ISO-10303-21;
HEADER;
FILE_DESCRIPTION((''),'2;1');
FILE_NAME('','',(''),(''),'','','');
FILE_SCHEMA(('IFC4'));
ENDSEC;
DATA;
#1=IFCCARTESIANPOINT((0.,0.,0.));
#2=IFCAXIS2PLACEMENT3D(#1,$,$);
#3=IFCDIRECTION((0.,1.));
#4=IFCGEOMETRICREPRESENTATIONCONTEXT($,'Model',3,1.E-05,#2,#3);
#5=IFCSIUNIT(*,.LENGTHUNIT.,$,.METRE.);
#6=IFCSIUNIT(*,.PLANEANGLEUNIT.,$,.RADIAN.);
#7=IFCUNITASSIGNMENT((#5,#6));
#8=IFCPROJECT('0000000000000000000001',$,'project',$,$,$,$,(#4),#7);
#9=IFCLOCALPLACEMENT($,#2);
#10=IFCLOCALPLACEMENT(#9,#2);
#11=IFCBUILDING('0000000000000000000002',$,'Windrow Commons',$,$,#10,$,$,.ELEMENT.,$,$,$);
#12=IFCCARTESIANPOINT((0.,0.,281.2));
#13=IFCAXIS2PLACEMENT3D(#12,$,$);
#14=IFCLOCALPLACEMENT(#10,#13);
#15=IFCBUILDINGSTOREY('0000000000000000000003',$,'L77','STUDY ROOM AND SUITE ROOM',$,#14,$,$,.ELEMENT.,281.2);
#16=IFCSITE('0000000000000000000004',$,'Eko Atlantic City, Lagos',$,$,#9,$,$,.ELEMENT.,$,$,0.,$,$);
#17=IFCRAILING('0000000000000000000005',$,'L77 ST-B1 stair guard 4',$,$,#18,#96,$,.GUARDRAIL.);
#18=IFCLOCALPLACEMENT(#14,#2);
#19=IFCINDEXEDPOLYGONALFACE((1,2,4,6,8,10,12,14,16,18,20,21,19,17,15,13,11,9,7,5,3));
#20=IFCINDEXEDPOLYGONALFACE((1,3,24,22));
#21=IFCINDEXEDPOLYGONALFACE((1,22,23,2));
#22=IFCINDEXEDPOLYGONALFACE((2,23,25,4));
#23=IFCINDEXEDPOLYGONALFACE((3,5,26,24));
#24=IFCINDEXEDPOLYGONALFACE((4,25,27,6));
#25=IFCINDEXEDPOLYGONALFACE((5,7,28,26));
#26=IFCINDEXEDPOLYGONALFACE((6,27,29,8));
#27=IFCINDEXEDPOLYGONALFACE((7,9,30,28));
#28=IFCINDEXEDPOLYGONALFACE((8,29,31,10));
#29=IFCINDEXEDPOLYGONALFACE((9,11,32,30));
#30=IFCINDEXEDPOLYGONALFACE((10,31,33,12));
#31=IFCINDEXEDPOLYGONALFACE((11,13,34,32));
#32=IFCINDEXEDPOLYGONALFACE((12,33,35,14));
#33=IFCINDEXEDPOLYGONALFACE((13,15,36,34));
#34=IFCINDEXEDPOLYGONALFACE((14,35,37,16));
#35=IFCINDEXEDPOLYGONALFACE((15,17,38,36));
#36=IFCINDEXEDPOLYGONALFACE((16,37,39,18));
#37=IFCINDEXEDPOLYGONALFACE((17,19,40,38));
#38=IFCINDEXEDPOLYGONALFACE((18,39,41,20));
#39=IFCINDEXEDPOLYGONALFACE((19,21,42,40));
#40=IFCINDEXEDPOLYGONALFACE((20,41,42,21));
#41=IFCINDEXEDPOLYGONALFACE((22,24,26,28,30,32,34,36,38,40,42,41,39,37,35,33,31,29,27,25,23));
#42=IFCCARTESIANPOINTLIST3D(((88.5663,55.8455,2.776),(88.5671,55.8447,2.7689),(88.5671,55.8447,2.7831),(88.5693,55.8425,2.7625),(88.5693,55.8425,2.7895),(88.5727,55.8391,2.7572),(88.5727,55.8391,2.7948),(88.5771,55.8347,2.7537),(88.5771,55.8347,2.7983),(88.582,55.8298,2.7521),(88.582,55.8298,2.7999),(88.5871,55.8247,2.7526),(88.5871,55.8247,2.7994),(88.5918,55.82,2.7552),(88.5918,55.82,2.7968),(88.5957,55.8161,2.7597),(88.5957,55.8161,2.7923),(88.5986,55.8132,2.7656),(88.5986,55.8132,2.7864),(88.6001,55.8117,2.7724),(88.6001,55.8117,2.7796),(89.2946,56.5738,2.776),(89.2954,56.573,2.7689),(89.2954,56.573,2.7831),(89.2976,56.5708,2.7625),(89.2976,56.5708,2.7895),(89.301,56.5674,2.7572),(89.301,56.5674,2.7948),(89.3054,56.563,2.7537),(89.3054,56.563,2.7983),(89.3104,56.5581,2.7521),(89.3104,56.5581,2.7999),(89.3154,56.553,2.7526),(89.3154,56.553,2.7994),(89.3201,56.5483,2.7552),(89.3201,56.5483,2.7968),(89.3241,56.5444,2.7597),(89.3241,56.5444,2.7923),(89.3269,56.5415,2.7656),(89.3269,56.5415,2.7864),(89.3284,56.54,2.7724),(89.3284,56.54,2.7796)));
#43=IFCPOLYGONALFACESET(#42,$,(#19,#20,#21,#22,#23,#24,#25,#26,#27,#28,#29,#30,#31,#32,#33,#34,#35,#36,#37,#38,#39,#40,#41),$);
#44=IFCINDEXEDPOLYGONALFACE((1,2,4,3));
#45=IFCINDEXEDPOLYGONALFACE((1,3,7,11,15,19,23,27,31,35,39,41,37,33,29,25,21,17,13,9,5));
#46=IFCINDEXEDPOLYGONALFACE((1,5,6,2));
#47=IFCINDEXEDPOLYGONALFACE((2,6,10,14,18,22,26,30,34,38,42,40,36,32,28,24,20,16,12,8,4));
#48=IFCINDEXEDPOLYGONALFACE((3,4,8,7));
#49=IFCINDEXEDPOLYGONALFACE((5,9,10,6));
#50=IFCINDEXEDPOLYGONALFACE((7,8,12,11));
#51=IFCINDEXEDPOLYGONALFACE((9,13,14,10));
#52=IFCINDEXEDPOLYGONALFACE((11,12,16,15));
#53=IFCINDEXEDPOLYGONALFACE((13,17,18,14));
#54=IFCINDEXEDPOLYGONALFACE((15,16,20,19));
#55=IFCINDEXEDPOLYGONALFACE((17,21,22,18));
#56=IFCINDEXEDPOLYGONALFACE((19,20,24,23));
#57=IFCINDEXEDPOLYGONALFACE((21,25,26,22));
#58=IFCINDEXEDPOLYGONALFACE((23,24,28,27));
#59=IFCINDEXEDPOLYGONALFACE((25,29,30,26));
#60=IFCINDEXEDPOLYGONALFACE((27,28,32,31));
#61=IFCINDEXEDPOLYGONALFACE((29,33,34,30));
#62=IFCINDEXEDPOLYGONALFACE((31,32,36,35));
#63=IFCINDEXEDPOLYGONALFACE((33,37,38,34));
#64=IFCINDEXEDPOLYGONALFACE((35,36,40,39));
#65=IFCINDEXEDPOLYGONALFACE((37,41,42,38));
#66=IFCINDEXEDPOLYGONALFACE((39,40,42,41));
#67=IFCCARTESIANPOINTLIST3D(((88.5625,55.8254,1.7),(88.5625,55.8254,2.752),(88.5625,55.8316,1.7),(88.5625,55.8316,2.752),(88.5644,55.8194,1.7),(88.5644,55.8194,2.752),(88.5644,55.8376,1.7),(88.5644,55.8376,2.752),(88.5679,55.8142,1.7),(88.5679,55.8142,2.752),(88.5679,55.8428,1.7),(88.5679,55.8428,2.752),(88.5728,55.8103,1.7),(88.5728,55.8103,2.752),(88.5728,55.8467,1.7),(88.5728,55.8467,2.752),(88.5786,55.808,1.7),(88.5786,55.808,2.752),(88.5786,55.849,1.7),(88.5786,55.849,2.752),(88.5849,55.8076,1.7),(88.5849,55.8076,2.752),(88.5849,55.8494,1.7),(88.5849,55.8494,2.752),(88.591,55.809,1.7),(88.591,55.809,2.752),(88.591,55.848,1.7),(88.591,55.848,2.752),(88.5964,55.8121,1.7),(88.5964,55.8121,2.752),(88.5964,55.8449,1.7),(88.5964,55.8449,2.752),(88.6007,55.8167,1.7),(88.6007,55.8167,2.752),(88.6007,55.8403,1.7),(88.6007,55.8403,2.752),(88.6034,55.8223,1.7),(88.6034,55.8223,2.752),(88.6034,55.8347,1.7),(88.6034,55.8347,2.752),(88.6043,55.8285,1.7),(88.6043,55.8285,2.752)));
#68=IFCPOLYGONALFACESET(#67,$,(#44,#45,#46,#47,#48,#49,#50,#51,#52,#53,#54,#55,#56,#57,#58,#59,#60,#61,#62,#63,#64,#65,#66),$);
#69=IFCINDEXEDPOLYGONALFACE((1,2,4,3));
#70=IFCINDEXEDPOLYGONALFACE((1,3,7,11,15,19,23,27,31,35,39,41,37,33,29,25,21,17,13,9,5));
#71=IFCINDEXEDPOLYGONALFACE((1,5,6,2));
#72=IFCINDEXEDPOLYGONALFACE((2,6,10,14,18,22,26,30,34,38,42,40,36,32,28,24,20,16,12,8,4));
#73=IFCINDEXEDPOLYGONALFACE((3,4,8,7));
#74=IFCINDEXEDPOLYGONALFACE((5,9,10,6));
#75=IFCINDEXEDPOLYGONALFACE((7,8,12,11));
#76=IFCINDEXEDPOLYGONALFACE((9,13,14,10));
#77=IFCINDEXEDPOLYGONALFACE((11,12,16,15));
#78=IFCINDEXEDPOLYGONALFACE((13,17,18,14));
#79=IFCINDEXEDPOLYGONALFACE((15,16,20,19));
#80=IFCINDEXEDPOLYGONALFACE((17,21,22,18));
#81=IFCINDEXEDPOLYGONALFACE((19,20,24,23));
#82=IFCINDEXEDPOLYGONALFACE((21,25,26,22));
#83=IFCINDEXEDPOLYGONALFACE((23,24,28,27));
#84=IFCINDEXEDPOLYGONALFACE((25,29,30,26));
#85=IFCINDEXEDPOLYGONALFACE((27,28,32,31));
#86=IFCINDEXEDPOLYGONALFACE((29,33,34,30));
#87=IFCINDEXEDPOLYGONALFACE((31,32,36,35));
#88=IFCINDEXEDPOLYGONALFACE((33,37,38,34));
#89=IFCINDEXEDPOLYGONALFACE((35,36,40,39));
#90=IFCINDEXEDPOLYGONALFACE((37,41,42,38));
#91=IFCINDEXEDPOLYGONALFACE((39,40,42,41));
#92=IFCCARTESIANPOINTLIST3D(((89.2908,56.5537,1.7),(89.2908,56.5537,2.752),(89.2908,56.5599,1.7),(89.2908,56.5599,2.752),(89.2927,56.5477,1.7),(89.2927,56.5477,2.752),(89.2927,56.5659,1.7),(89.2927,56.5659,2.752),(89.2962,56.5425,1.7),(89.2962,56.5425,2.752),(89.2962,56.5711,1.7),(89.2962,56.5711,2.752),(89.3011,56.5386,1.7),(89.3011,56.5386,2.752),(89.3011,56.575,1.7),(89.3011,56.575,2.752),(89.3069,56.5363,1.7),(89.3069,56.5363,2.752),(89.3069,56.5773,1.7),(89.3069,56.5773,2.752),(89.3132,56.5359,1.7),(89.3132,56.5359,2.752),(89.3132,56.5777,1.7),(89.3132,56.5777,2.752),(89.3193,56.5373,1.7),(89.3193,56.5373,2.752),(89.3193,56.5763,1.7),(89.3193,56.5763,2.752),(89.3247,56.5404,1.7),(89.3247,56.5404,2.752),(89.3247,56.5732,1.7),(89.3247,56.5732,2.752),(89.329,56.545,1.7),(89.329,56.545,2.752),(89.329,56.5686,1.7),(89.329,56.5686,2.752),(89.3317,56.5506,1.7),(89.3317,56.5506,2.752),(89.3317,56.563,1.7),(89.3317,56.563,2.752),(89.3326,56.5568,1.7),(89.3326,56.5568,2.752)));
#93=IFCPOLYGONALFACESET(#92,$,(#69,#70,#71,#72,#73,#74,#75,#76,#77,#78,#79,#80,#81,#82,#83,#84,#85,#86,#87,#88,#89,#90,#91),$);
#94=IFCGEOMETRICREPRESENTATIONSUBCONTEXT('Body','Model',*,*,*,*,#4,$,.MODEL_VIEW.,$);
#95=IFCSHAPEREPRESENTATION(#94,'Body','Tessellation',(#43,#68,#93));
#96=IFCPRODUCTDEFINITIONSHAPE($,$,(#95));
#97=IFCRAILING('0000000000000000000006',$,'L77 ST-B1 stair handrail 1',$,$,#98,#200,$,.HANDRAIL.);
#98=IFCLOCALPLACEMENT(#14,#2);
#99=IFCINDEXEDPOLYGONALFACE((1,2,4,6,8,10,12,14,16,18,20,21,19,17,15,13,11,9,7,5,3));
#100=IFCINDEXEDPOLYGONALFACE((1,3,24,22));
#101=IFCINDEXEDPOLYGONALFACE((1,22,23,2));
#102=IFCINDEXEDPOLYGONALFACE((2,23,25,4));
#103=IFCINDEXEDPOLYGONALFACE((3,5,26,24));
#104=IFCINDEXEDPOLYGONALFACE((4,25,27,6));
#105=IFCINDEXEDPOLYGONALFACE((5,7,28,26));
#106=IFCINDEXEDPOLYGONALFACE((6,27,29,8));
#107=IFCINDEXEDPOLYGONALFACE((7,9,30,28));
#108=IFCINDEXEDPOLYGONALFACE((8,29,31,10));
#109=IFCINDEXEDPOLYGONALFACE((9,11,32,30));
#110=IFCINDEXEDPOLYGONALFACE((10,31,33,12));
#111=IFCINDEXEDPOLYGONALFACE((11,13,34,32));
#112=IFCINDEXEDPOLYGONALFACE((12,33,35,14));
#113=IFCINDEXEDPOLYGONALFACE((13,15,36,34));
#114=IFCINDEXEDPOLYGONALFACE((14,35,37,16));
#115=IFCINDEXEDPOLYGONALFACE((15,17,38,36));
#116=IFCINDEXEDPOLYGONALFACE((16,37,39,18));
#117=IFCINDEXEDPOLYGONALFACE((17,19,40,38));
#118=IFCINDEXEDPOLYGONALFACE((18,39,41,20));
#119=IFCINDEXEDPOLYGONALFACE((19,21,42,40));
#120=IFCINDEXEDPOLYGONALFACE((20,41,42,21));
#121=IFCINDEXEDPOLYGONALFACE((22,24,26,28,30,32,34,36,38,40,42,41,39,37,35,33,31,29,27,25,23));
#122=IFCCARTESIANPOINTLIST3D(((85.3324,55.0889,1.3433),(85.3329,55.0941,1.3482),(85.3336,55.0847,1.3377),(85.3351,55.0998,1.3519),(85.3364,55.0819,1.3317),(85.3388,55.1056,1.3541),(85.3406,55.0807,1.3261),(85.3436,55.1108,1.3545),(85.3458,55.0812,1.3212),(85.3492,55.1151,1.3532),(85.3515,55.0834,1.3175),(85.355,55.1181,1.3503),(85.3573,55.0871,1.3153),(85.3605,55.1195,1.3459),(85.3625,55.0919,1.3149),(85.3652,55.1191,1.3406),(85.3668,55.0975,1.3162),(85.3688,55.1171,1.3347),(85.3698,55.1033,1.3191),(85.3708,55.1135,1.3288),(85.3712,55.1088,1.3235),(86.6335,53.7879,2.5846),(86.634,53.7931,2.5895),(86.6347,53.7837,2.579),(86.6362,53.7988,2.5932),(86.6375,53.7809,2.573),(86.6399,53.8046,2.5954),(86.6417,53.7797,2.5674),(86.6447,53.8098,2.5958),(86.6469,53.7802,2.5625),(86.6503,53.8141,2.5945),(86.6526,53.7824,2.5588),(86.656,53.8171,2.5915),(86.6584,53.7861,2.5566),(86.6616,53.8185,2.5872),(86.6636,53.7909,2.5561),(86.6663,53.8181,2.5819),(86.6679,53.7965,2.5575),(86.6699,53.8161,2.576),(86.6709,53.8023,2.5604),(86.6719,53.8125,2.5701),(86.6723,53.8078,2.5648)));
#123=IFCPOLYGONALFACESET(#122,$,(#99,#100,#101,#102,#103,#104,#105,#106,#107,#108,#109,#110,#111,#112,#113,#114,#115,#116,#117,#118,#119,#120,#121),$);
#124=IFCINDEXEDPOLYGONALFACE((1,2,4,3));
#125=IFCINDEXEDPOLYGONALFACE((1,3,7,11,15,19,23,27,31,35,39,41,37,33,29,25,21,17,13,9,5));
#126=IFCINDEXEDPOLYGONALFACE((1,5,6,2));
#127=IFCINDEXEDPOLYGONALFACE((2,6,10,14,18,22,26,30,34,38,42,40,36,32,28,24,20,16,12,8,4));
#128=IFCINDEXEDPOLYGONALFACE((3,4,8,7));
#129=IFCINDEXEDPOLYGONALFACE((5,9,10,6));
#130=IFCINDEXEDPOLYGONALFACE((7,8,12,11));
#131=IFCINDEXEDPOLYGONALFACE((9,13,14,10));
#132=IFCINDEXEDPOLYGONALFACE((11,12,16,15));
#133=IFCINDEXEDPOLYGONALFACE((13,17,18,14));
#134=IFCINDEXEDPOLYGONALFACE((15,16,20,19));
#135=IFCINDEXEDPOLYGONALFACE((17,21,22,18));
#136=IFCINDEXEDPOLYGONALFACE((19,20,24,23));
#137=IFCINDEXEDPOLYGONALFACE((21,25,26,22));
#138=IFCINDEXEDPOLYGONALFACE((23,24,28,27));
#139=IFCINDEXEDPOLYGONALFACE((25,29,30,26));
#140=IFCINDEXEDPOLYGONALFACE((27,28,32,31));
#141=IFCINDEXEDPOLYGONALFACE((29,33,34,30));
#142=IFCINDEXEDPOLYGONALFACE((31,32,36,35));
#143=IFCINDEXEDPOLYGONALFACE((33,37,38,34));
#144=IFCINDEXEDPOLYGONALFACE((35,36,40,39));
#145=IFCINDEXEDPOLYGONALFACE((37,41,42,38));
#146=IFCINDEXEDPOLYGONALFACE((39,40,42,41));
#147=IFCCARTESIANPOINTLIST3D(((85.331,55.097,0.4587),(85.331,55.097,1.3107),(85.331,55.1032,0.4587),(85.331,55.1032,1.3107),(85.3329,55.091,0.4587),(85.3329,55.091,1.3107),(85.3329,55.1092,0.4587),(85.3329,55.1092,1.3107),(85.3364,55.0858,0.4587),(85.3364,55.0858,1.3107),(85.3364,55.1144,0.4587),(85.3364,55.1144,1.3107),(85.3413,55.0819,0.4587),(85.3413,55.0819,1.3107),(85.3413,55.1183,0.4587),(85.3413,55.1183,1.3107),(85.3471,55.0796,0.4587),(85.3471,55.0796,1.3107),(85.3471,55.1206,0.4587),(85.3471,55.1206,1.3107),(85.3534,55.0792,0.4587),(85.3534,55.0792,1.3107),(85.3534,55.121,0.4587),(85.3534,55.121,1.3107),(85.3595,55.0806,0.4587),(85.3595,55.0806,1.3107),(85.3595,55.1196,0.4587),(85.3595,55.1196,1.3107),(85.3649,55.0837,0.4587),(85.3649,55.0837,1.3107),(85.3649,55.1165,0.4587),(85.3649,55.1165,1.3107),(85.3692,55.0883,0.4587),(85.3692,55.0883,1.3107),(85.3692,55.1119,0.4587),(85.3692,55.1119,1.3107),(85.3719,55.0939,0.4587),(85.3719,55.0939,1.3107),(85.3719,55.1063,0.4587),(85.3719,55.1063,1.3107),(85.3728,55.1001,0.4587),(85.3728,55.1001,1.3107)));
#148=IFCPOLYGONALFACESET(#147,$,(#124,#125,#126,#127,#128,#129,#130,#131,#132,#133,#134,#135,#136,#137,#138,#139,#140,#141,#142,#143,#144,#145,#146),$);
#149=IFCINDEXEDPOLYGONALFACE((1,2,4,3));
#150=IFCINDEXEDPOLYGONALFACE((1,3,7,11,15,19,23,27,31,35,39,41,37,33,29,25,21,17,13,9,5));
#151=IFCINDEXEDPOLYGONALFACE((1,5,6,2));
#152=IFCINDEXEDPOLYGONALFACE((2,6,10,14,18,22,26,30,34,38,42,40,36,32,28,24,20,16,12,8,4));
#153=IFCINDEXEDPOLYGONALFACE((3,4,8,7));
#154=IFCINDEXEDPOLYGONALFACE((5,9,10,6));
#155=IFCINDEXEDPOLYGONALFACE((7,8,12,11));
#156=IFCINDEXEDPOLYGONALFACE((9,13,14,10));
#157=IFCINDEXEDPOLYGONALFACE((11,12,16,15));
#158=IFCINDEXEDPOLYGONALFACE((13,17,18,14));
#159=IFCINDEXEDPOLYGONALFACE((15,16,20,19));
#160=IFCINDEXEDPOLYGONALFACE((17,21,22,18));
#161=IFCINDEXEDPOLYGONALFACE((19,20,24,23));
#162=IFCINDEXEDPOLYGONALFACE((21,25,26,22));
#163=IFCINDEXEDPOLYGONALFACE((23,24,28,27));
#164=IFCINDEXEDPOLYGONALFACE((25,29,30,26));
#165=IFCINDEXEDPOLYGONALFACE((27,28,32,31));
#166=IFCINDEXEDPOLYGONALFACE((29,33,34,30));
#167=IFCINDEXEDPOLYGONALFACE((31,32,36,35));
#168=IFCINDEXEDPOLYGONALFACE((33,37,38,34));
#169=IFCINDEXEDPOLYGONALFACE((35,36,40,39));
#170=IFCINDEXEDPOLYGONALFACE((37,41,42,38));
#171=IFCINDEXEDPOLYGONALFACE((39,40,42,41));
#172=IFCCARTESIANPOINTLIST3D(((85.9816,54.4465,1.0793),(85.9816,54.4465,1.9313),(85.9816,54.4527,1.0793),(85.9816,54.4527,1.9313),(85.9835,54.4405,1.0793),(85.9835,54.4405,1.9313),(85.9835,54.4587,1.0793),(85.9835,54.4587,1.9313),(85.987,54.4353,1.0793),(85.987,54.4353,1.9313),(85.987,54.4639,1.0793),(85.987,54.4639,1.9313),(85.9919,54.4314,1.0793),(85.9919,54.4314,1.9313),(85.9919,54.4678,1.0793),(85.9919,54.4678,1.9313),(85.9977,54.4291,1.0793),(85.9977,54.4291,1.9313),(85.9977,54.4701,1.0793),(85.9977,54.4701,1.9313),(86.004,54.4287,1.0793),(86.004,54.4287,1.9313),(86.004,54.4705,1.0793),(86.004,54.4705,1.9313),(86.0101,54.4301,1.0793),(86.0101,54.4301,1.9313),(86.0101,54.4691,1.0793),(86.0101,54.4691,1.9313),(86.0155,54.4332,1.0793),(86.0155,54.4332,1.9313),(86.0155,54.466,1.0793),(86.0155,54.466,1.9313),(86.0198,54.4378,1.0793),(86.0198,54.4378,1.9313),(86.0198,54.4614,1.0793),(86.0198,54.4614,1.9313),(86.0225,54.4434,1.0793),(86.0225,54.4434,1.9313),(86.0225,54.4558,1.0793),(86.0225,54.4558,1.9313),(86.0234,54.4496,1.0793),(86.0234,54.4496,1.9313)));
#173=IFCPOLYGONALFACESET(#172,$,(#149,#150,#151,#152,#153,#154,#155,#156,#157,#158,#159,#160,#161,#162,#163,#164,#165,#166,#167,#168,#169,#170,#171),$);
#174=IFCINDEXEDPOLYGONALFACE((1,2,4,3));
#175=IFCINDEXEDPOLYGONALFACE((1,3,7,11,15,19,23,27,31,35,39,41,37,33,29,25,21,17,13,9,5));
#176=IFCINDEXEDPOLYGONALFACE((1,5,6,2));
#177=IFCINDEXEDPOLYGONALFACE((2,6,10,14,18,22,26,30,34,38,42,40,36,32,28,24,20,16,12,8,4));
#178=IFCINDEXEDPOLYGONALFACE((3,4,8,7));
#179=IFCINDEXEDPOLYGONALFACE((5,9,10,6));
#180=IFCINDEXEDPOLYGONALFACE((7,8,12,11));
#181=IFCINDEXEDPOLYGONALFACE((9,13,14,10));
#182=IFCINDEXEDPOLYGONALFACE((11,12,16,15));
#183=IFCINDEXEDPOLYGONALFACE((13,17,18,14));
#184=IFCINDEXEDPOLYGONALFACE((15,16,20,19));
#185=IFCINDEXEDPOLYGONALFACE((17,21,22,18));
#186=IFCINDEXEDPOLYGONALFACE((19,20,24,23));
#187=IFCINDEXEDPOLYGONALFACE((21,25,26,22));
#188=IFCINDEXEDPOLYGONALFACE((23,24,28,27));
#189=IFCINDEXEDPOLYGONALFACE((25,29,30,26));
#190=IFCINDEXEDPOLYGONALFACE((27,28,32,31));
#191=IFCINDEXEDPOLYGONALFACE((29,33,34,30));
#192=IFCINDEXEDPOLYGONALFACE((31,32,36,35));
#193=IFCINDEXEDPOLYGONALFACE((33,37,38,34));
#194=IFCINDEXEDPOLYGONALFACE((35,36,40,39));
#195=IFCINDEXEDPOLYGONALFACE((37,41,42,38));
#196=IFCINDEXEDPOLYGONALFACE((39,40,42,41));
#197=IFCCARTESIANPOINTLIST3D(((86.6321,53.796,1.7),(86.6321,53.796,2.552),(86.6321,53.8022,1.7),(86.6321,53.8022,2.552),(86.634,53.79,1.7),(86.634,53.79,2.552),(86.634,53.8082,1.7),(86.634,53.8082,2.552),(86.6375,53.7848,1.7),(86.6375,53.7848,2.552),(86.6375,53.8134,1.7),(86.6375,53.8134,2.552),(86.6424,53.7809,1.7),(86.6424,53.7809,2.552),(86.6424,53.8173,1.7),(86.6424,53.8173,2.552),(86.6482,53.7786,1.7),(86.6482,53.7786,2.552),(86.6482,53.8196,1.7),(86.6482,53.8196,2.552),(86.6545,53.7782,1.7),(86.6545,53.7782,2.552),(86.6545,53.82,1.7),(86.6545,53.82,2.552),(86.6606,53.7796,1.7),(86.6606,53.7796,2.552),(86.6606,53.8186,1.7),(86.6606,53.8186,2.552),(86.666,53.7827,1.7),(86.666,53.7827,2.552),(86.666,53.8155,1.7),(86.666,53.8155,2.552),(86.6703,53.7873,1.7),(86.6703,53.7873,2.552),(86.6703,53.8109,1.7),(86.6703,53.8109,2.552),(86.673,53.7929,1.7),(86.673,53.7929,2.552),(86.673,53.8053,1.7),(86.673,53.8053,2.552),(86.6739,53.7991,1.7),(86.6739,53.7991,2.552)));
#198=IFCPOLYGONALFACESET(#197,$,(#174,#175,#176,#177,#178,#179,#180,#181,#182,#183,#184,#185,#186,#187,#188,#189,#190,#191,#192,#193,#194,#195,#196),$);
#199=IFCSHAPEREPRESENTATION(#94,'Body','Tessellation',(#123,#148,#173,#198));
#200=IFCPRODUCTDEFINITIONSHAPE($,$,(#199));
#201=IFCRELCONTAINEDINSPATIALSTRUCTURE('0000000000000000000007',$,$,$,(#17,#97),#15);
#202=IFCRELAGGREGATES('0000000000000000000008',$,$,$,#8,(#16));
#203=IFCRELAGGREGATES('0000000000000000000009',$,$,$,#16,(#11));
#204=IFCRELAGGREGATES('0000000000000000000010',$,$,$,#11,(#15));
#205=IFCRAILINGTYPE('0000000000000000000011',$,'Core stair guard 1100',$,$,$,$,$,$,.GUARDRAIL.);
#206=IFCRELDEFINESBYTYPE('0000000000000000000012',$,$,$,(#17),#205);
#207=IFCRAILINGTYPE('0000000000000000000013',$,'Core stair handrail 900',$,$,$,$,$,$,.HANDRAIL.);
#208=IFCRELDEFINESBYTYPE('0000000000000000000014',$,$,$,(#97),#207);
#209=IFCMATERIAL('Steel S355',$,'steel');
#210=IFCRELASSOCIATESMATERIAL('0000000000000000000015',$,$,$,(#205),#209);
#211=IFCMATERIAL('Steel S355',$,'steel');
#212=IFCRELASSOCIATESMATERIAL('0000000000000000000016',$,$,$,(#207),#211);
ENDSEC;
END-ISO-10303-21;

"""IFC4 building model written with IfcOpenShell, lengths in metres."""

from ifc_helpers import new_model, si_unit, direction, frame, origin, origin_2d, place, context, subcontext, project, spatial, circle, extrude, material, type_object, element, save


model = new_model("IFC4")

# Units and contexts
model_context = context("Model", 3, precision=1e-05, world=origin(), true_north=direction((0.0, 1.0)))
body_context = subcontext(model_context, "Body", "Model", "MODEL_VIEW")
ifc_project = project(units=[si_unit("LENGTHUNIT", "METRE"), si_unit("PLANEANGLEUNIT", "RADIAN")], contexts=[model_context])

# Site, building, storey
site_placement = place(None, origin())
site = spatial("IfcSite", under=ifc_project, at=site_placement, Name="Eko Atlantic City, Lagos", CompositionType="ELEMENT", RefElevation=0.0)
building_placement = place(site_placement, origin())
building = spatial("IfcBuilding", under=site, at=building_placement, Name="Windrow Commons", CompositionType="ELEMENT")
storey_placement = place(building_placement, frame((0.0, 0.0, 281.2)))
storey = spatial("IfcBuildingStorey", under=building, at=storey_placement, Name="L77", Description="STUDY ROOM AND SUITE ROOM", CompositionType="ELEMENT", Elevation=281.2)

# Railings
ifc_material_1 = material(Name="Steel S355", Category="steel")
railing_type_1 = type_object("IfcRailingType", Name="Core stair guard 1100", PredefinedType="GUARDRAIL", material=ifc_material_1)
railing_1_placement = place(storey_placement, frame((88.5833, 55.8285, 1.7)))
element("IfcRailing", 1, at=railing_1_placement, inside=storey, type_object=railing_type_1, Name="L77 ST-B1 stair guard 4", PredefinedType="GUARDRAIL", context=body_context, shape_type="SweptSolid", body=[
    extrude(circle(Radius=0.024, at=origin_2d()), frame((0.0, 0.0, 1.076), z_axis=(0.707107, 0.707107, 0.0), x_axis=(-0.707107, 0.707107, 0.0)), (0.0, 0.0, 1.0), 1.03),
    extrude(circle(Radius=0.021, at=origin_2d()), origin(), (0.0, 0.0, 1.0), 1.052),
    extrude(circle(Radius=0.021, at=origin_2d()), frame((0.7283, 0.7283, 0.0)), (0.0, 0.0, 1.0), 1.052),
])
ifc_material_2 = material(Name="Steel S355", Category="steel")
railing_type_2 = type_object("IfcRailingType", Name="Core stair handrail 900", PredefinedType="HANDRAIL", material=ifc_material_2)
railing_2_placement = place(storey_placement, frame((85.3518, 55.1001, 0.4587)))
element("IfcRailing", 2, at=railing_2_placement, inside=storey, type_object=railing_type_2, Name="L77 ST-B1 stair handrail 1", PredefinedType="HANDRAIL", context=body_context, shape_type="SweptSolid", body=[
    extrude(circle(Radius=0.024, at=origin_2d()), frame((0.0, 0.0, 0.876), z_axis=(0.586207, -0.586162, 0.559264), x_axis=(0.70708, 0.707134, 0.0)), (0.0, 0.0, 1.0), 2.2195),
    extrude(circle(Radius=0.021, at=origin_2d()), origin(), (0.0, 0.0, 1.0), 0.852),
    extrude(circle(Radius=0.021, at=origin_2d()), frame((0.6506, -0.6505, 0.6206)), (0.0, 0.0, 1.0), 0.852),
    extrude(circle(Radius=0.021, at=origin_2d()), frame((1.3011, -1.301, 1.2413)), (0.0, 0.0, 1.0), 0.852),
])

save(model, "model.ifc")
